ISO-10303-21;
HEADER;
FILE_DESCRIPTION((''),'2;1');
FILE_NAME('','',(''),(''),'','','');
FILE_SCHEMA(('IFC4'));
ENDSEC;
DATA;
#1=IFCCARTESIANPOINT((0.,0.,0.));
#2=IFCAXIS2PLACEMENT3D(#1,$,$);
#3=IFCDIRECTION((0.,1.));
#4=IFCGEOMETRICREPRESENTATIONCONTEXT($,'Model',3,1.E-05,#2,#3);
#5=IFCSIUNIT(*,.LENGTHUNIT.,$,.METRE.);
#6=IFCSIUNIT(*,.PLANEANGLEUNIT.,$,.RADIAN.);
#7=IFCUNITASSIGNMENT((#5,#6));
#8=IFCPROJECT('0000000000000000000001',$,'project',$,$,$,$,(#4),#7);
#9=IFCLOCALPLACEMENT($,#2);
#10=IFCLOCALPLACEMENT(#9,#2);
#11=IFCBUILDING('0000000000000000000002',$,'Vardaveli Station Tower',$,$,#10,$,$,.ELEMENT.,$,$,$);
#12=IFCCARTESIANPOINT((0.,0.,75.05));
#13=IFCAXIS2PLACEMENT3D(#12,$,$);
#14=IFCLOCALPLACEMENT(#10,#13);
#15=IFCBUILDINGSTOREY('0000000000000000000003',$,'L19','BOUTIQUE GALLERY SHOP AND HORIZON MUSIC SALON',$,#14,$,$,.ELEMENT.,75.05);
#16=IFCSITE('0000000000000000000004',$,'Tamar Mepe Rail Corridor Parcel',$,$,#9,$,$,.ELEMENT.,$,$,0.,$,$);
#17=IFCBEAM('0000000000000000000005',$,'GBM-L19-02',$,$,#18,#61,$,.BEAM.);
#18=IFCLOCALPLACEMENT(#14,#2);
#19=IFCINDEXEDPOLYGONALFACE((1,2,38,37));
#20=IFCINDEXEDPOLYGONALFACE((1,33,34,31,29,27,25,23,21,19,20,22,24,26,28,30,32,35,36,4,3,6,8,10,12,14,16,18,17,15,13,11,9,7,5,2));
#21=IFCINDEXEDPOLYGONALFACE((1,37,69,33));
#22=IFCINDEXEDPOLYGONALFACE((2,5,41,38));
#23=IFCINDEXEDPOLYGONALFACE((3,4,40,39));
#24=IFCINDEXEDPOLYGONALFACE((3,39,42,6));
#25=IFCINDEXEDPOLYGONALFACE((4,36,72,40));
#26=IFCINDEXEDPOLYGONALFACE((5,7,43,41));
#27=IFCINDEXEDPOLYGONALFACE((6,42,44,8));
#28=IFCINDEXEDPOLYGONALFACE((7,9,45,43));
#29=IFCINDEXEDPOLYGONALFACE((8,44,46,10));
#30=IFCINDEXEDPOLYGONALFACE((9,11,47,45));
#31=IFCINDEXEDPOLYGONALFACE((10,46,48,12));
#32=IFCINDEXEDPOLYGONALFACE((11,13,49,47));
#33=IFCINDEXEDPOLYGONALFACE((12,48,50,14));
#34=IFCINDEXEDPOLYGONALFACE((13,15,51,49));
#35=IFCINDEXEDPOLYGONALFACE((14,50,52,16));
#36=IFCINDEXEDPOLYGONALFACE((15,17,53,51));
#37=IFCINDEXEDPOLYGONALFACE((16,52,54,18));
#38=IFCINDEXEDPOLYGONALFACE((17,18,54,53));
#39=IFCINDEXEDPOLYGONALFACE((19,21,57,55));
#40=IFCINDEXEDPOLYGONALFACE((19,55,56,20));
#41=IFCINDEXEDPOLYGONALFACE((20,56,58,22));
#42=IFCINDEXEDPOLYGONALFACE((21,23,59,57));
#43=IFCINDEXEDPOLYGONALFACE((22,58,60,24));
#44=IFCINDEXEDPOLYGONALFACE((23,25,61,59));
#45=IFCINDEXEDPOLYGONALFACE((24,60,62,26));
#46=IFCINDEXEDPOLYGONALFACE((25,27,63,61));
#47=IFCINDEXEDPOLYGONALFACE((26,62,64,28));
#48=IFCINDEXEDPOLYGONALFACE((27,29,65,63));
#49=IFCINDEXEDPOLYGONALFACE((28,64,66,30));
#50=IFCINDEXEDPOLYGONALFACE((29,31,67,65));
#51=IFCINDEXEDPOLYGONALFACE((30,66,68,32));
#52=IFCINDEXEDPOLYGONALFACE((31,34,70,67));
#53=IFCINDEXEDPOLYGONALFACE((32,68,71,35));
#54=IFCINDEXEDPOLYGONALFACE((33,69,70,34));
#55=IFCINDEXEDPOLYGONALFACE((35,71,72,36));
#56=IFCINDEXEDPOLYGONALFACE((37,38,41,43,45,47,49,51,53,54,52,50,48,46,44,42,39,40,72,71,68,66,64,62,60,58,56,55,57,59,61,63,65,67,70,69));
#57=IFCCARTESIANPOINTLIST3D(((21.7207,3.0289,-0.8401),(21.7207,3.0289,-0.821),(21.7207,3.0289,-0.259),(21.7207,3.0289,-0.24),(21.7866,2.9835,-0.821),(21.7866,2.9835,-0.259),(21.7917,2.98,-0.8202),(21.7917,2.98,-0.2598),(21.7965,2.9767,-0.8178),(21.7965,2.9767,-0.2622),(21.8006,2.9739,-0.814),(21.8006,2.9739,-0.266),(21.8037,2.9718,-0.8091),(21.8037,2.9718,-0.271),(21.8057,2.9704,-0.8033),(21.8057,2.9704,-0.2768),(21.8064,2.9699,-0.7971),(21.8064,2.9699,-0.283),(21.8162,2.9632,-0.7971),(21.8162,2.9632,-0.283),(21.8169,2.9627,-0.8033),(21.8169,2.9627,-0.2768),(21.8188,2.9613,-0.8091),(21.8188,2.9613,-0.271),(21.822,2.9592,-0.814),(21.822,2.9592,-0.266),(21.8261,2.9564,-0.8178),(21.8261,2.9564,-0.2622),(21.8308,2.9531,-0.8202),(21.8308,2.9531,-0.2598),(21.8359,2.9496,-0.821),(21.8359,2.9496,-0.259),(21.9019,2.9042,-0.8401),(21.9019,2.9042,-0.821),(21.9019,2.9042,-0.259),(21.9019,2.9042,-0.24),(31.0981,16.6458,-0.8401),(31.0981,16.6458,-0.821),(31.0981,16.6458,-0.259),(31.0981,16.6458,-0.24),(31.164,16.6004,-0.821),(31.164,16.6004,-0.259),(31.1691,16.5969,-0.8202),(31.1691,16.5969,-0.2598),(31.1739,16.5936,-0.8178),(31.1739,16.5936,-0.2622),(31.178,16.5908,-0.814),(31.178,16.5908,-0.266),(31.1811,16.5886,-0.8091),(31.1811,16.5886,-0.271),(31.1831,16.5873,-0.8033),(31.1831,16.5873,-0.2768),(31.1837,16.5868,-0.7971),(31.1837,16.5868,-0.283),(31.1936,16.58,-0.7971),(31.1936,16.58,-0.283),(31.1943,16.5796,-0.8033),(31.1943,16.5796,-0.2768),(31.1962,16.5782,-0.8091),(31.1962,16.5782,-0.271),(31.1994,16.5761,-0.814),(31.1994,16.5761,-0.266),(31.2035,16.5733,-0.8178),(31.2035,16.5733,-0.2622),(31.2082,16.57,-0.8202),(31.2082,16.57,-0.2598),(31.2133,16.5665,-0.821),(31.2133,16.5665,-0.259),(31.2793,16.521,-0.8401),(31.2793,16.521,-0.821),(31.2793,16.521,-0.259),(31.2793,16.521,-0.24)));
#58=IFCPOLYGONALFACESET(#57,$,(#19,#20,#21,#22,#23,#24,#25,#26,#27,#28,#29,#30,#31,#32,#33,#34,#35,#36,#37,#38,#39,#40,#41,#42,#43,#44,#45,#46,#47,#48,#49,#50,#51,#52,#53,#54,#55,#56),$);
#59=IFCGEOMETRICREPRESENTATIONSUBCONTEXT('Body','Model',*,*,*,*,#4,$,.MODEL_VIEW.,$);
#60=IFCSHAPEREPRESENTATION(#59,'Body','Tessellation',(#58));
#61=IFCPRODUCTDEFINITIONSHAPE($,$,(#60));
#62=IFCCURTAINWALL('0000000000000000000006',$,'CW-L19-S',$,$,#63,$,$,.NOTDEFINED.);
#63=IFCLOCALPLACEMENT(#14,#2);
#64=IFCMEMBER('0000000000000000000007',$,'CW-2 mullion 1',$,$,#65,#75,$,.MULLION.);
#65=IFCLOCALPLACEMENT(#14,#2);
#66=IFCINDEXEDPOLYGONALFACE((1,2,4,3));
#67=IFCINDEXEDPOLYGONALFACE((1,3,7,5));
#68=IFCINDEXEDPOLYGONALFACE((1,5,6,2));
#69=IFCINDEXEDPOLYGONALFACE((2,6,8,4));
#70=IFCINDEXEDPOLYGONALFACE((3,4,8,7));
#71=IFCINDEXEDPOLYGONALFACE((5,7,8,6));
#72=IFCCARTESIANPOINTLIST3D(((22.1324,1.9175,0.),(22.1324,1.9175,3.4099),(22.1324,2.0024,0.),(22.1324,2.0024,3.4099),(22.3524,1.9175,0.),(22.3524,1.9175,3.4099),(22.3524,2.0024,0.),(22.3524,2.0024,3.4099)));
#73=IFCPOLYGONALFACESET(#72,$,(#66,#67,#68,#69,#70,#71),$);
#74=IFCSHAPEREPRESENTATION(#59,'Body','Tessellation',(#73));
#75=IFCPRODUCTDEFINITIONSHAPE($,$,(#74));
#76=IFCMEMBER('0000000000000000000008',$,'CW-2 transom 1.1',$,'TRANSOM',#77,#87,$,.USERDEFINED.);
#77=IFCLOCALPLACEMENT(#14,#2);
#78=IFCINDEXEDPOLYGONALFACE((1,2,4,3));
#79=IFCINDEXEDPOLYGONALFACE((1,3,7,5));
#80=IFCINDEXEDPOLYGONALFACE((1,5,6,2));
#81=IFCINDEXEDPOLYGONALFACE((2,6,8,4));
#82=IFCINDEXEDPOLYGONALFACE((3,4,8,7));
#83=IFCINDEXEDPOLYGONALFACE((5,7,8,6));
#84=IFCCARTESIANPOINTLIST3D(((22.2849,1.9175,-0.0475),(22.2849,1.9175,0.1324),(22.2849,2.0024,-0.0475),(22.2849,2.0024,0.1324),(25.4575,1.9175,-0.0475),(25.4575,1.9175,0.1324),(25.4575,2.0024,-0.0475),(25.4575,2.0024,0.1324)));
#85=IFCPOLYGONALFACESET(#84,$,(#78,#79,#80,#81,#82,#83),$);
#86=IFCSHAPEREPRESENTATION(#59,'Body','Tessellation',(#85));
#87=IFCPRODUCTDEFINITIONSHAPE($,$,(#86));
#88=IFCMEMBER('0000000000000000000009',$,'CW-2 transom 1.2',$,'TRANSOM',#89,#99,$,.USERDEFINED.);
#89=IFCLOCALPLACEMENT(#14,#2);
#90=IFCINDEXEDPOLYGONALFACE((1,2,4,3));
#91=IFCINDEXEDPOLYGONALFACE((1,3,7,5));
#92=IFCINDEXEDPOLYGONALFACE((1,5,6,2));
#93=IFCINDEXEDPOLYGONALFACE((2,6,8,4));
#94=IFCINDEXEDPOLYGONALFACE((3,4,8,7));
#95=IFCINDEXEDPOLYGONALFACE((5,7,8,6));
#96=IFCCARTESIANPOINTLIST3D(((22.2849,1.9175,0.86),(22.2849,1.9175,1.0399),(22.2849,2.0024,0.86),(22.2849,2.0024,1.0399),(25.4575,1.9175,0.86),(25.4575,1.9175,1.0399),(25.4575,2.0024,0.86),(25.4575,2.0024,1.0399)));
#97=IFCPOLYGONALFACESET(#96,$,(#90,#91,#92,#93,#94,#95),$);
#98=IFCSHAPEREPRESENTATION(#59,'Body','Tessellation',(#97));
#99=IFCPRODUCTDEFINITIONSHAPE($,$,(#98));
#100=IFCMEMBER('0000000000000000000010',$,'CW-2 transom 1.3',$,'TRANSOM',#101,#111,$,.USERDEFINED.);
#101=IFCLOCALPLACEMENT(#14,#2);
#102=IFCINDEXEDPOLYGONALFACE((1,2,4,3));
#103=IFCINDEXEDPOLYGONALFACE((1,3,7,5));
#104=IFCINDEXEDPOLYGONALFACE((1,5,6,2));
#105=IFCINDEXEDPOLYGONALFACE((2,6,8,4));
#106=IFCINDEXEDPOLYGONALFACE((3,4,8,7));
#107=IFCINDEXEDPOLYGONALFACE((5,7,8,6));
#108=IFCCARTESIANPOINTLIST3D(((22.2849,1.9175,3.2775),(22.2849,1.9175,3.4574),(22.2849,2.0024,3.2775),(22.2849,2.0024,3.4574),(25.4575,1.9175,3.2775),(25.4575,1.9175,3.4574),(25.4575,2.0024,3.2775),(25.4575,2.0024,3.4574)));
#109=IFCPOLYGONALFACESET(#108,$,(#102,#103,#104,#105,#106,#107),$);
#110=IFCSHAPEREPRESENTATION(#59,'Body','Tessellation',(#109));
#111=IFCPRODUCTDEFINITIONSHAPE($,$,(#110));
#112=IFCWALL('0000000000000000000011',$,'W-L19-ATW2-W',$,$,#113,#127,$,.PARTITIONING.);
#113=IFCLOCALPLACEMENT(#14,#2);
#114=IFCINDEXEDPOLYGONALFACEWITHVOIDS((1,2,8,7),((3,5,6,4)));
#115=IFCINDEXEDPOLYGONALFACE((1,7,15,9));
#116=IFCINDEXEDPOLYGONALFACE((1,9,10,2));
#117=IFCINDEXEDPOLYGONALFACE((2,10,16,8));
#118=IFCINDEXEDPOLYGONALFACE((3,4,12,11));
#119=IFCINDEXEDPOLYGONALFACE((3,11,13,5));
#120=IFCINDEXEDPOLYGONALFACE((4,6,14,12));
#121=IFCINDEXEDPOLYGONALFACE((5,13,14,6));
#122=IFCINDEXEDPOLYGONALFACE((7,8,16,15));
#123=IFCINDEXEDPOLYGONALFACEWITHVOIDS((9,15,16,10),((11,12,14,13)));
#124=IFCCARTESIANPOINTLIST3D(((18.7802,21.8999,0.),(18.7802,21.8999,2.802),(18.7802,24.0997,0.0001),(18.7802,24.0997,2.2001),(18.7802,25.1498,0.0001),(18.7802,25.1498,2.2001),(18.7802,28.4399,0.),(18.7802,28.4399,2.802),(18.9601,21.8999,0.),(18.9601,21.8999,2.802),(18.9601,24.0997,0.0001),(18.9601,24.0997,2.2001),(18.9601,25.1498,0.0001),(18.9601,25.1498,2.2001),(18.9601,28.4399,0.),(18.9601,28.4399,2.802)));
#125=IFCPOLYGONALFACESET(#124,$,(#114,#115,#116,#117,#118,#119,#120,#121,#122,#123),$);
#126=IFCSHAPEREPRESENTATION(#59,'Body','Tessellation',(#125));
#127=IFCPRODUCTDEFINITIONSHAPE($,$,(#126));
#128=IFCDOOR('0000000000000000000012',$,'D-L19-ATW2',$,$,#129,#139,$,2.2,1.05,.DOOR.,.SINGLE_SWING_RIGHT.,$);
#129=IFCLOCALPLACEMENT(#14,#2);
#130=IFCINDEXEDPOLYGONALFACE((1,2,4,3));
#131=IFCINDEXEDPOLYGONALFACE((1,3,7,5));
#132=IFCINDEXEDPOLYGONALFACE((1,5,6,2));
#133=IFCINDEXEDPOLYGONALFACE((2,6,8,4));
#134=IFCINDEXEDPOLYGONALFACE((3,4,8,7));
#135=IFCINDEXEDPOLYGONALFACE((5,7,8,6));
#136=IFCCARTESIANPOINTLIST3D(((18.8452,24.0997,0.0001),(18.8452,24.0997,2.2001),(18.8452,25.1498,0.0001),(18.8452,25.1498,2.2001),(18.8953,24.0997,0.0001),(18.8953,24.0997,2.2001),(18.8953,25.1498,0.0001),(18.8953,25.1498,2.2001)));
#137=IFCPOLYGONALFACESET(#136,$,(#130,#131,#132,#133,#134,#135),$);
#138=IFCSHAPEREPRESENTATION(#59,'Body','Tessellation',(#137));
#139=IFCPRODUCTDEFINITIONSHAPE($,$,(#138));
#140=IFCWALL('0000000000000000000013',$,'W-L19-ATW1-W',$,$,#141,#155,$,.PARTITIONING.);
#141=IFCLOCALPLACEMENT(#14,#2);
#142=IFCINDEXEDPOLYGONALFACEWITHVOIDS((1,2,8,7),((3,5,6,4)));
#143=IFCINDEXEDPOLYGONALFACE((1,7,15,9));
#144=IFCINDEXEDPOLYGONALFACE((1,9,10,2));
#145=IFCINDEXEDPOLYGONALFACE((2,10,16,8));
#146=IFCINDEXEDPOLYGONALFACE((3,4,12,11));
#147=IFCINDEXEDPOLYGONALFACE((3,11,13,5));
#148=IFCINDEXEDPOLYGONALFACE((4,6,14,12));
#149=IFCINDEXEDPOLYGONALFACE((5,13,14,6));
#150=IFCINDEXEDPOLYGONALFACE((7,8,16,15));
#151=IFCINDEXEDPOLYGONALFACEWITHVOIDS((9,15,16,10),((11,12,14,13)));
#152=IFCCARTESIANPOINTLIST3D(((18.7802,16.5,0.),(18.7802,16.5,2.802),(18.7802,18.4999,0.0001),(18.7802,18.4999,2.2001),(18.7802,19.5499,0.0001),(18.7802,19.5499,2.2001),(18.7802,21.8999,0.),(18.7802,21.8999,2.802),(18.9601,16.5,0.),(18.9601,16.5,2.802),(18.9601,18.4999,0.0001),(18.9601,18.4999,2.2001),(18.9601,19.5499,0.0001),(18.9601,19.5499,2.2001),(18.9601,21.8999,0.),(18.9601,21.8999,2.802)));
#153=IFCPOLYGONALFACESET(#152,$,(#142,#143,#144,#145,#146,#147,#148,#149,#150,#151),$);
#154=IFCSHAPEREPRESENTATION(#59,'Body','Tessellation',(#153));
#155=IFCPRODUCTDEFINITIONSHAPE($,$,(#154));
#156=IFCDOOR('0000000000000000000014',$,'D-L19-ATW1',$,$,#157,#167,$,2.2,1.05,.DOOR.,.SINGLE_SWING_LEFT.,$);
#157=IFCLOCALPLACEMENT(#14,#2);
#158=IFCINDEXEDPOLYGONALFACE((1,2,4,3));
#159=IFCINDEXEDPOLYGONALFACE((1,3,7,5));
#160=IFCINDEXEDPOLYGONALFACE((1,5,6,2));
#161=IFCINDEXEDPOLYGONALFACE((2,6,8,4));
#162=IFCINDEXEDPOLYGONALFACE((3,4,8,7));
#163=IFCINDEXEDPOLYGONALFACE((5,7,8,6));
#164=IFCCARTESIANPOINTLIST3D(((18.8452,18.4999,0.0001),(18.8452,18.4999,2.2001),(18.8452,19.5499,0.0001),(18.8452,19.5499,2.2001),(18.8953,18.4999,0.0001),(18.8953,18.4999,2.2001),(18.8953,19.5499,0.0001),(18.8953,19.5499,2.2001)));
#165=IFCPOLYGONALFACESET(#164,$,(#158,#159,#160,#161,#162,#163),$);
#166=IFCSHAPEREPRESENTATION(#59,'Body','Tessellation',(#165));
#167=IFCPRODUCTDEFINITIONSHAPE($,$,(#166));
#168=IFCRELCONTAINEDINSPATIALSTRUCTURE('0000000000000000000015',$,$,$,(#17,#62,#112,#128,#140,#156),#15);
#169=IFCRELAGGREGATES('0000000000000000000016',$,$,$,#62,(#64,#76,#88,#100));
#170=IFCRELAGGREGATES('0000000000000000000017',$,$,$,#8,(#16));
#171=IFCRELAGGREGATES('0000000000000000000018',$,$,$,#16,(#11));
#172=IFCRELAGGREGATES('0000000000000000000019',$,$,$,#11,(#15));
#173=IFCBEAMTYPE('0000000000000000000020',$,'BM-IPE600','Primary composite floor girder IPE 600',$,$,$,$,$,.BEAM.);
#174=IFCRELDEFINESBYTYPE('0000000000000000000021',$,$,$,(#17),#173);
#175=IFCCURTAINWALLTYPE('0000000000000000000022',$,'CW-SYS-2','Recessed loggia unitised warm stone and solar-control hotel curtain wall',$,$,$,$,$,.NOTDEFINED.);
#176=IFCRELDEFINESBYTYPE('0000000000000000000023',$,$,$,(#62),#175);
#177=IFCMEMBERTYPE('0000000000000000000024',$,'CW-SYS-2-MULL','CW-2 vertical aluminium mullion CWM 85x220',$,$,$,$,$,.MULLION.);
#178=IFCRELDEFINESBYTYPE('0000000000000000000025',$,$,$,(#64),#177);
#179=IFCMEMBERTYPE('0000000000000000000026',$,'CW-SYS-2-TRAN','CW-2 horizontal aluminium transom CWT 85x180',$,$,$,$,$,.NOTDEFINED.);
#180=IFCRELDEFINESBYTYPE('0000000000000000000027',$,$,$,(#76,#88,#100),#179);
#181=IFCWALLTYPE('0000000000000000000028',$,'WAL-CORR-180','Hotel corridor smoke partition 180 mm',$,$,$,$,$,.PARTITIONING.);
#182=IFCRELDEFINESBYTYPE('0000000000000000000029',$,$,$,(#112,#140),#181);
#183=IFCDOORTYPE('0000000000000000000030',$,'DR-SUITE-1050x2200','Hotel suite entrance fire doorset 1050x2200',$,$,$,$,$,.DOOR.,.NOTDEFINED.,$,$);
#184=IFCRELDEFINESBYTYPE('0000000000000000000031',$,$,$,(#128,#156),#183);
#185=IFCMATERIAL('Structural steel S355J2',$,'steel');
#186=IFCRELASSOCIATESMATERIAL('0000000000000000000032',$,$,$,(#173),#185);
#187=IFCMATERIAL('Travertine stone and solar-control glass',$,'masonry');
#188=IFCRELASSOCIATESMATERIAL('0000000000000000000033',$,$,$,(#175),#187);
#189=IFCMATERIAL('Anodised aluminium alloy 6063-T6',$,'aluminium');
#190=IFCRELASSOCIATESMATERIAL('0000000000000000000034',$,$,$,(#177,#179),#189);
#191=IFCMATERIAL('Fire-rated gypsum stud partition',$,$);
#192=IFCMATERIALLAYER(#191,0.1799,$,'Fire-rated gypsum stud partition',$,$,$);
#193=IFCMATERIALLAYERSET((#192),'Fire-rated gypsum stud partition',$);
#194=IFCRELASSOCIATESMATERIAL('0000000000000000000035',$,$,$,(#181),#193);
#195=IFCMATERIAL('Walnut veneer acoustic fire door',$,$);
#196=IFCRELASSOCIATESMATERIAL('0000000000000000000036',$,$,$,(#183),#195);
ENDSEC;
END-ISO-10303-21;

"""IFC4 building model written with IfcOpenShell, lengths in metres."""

from ifc_helpers import new_model, si_unit, direction, frame, frame_2d, origin, origin_2d, place, context, subcontext, project, spatial, rectangle, i_section, extrude, source, transform, mapped, material, layer, layer_set, material_profile, profile_set, type_object, element, fill, aggregate, save


model = new_model("IFC4")

# Units and contexts
model_context = context("Model", 3, precision=1e-05, world=origin(), true_north=direction((0.0, 1.0)))
body_context = subcontext(model_context, "Body", "Model", "MODEL_VIEW")
ifc_project = project(units=[si_unit("LENGTHUNIT", "METRE"), si_unit("PLANEANGLEUNIT", "RADIAN")], contexts=[model_context])

# Site, building, storey
site_placement = place(None, origin())
site = spatial("IfcSite", under=ifc_project, at=site_placement, Name="Tamar Mepe Rail Corridor Parcel", CompositionType="ELEMENT", RefElevation=0.0)
building_placement = place(site_placement, origin())
building = spatial("IfcBuilding", under=site, at=building_placement, Name="Vardaveli Station Tower", CompositionType="ELEMENT")
storey_placement = place(building_placement, frame((0.0, 0.0, 75.05)))
storey = spatial("IfcBuildingStorey", under=building, at=storey_placement, Name="L19", Description="BOUTIQUE GALLERY SHOP AND HORIZON MUSIC SALON", CompositionType="ELEMENT", Elevation=75.05)

# Beam
ifc_material_1 = material(Name="Structural steel S355J2", Category="steel")
ifc_material_profile_1 = material_profile(ifc_material_1, i_section(OverallWidth=0.22, OverallDepth=0.6001, WebThickness=0.012, FlangeThickness=0.019, FilletRadius=0.0239, at=origin_2d()), Name="IPE 600")
ifc_profile_set_1 = profile_set([ifc_material_profile_1], Name="Structural steel S355J2")
beam_type_1 = type_object("IfcBeamType", Name="BM-IPE600", Description="Primary composite floor girder IPE 600", PredefinedType="BEAM", material=ifc_profile_set_1)
shared_shape_1 = source(origin(), body_context, "Body", "SweptSolid", [
    extrude(i_section(OverallWidth=0.22, OverallDepth=0.6001, WebThickness=0.012, FlangeThickness=0.019, FilletRadius=0.0239, at=origin_2d()), origin(), (0.0, 0.0, 1.0), 16.5334),
])
beam_1_placement = place(storey_placement, frame((21.8113, 2.9666, -0.54), z_axis=(0.567177, 0.823596, 0.0), x_axis=(-0.823596, 0.567177, 0.0)))
element("IfcBeam", 1, at=beam_1_placement, inside=storey, type_object=beam_type_1, Name="GBM-L19-02", PredefinedType="BEAM", context=body_context, shape_type="MappedRepresentation", body=[
    mapped(shared_shape_1, transform((0.0, 0.0, 0.0), scale=1.0)),
])

# Curtain wall, members
ifc_material_2 = material(Name="Travertine stone and solar-control glass", Category="masonry")
curtain_wall_type = type_object("IfcCurtainWallType", Name="CW-SYS-2", Description="Recessed loggia unitised warm stone and solar-control hotel curtain wall", PredefinedType="NOTDEFINED", material=ifc_material_2)
curtain_wall_placement = place(storey_placement, origin())
curtain_wall = element("IfcCurtainWall", 2, at=curtain_wall_placement, inside=storey, type_object=curtain_wall_type, Name="CW-L19-S", PredefinedType="NOTDEFINED")
ifc_material_3 = material(Name="Anodised aluminium alloy 6063-T6", Category="aluminium")
ifc_material_profile_2 = material_profile(ifc_material_3, rectangle(XDim=0.085, YDim=0.22, at=origin_2d()), Name="CWM 85x220")
ifc_profile_set_2 = profile_set([ifc_material_profile_2], Name="Anodised aluminium alloy 6063-T6")
member_type_1 = type_object("IfcMemberType", Name="CW-SYS-2-MULL", Description="CW-2 vertical aluminium mullion CWM 85x220", PredefinedType="MULLION", material=ifc_profile_set_2)
shared_shape_2 = source(origin(), body_context, "Body", "SweptSolid", [
    extrude(rectangle(XDim=0.085, YDim=0.22, at=origin_2d()), origin(), (0.0, 0.0, 1.0), 3.4099),
])
member_1_placement = place(storey_placement, frame((22.2424, 1.96, 0.0), z_axis=(0.0, 0.0, 1.0), x_axis=(0.0, 1.0, 0.0)))
member_1 = element("IfcMember", 3, at=member_1_placement, type_object=member_type_1, Name="CW-2 mullion 1", PredefinedType="MULLION", context=body_context, shape_type="MappedRepresentation", body=[
    mapped(shared_shape_2, transform((0.0, 0.0, 0.0), scale=1.0)),
])
ifc_material_profile_3 = material_profile(ifc_material_3, rectangle(XDim=0.085, YDim=0.1799, at=origin_2d()), Name="CWT 85x180")
ifc_profile_set_3 = profile_set([ifc_material_profile_3], Name="Anodised aluminium alloy 6063-T6")
member_type_2 = type_object("IfcMemberType", Name="CW-SYS-2-TRAN", Description="CW-2 horizontal aluminium transom CWT 85x180", PredefinedType="NOTDEFINED", material=ifc_profile_set_3)
shared_shape_3 = source(origin(), body_context, "Body", "SweptSolid", [
    extrude(rectangle(XDim=0.085, YDim=0.1799, at=origin_2d()), origin(), (0.0, 0.0, 1.0), 3.1726),
])
member_2_placement = place(storey_placement, frame((22.2849, 1.96, 0.0425), z_axis=(1.0, 0.0, 0.0), x_axis=(0.0, 1.0, 0.0)))
member_2 = element("IfcMember", 4, at=member_2_placement, type_object=member_type_2, Name="CW-2 transom 1.1", ObjectType="TRANSOM", PredefinedType="USERDEFINED", context=body_context, shape_type="MappedRepresentation", body=[
    mapped(shared_shape_3, transform((0.0, 0.0, 0.0), scale=1.0)),
])
member_3_placement = place(storey_placement, frame((22.2849, 1.96, 0.95), z_axis=(1.0, 0.0, 0.0), x_axis=(0.0, 1.0, 0.0)))
member_3 = element("IfcMember", 5, at=member_3_placement, type_object=member_type_2, Name="CW-2 transom 1.2", ObjectType="TRANSOM", PredefinedType="USERDEFINED", context=body_context, shape_type="MappedRepresentation", body=[
    mapped(shared_shape_3, transform((0.0, 0.0, 0.0), scale=1.0)),
])
member_4_placement = place(storey_placement, frame((22.2849, 1.96, 3.3674), z_axis=(1.0, 0.0, 0.0), x_axis=(0.0, 1.0, 0.0)))
member_4 = element("IfcMember", 6, at=member_4_placement, type_object=member_type_2, Name="CW-2 transom 1.3", ObjectType="TRANSOM", PredefinedType="USERDEFINED", context=body_context, shape_type="MappedRepresentation", body=[
    mapped(shared_shape_3, transform((0.0, 0.0, 0.0), scale=1.0)),
])
aggregate(curtain_wall, [member_1, member_2, member_3, member_4])

# Walls, openings, doors
ifc_material_4 = material(Name="Fire-rated gypsum stud partition")
ifc_layer_1 = layer(ifc_material_4, 0.1799, Name="Fire-rated gypsum stud partition")
ifc_layer_set_1 = layer_set([ifc_layer_1], Name="Fire-rated gypsum stud partition")
wall_type_1 = type_object("IfcWallType", Name="WAL-CORR-180", Description="Hotel corridor smoke partition 180 mm", PredefinedType="PARTITIONING", material=ifc_layer_set_1)
shared_shape_4 = source(origin(), body_context, "Body", "SweptSolid", [
    extrude(rectangle(XDim=6.54, YDim=0.1799, at=frame_2d((3.27, 0.0))), origin(), (0.0, 0.0, 1.0), 2.802),
])
wall_1_placement = place(storey_placement, frame((18.8701, 21.8999, 0.0), z_axis=(0.0, 0.0, 1.0), x_axis=(0.0, 1.0, 0.0)))
wall_1 = element("IfcWall", 7, at=wall_1_placement, inside=storey, type_object=wall_type_1, Name="W-L19-ATW2-W", PredefinedType="PARTITIONING", context=body_context, shape_type="MappedRepresentation", body=[
    mapped(shared_shape_4, transform((0.0, 0.0, 0.0), scale=1.0)),
])
shared_shape_5 = source(origin(), body_context, "Body", "SweptSolid", [
    extrude(rectangle(XDim=1.05, YDim=2.2, at=frame_2d((0.5249, 1.1001))), frame((0.0, 0.1001, 0.0), z_axis=(0.0, -1.0, 0.0), x_axis=(1.0, 0.0, 0.0)), (0.0, 0.0, 1.0), 0.2),
])
opening_1_placement = place(wall_1_placement, frame((2.2, 0.0, 0.0)))
opening_1 = element("IfcOpeningElement", 8, at=opening_1_placement, cuts=wall_1, PredefinedType="OPENING", context=body_context, shape_type="MappedRepresentation", body=[
    mapped(shared_shape_5, transform((0.0, 0.0, 0.0), scale=1.0)),
])
ifc_material_5 = material(Name="Walnut veneer acoustic fire door")
door_type_1 = type_object("IfcDoorType", Name="DR-SUITE-1050x2200", Description="Hotel suite entrance fire doorset 1050x2200", OperationType="NOTDEFINED", PredefinedType="DOOR", material=ifc_material_5)
shared_shape_6 = source(origin(), body_context, "Body", "SweptSolid", [
    extrude(rectangle(XDim=1.05, YDim=2.2, at=frame_2d((0.5249, 1.1001))), frame((0.0, 0.0249, 0.0), z_axis=(0.0, -1.0, 0.0), x_axis=(1.0, 0.0, 0.0)), (0.0, 0.0, 1.0), 0.05),
])
door_1_placement = place(opening_1_placement, origin())
door_1 = element("IfcDoor", 9, at=door_1_placement, inside=storey, type_object=door_type_1, Name="D-L19-ATW2", OperationType="SINGLE_SWING_RIGHT", OverallHeight=2.2, OverallWidth=1.05, PredefinedType="DOOR", context=body_context, shape_type="MappedRepresentation", body=[
    mapped(shared_shape_6, transform((0.0, 0.0, 0.0), scale=1.0)),
])
fill(opening_1, door_1)
shared_shape_7 = source(origin(), body_context, "Body", "SweptSolid", [
    extrude(rectangle(XDim=5.3999, YDim=0.1799, at=frame_2d((2.7, 0.0))), origin(), (0.0, 0.0, 1.0), 2.802),
])
wall_2_placement = place(storey_placement, frame((18.8701, 16.5, 0.0), z_axis=(0.0, 0.0, 1.0), x_axis=(0.0, 1.0, 0.0)))
wall_2 = element("IfcWall", 10, at=wall_2_placement, inside=storey, type_object=wall_type_1, Name="W-L19-ATW1-W", PredefinedType="PARTITIONING", context=body_context, shape_type="MappedRepresentation", body=[
    mapped(shared_shape_7, transform((0.0, 0.0, 0.0), scale=1.0)),
])
opening_2_placement = place(wall_2_placement, frame((2.0, 0.0, 0.0)))
opening_2 = element("IfcOpeningElement", 11, at=opening_2_placement, cuts=wall_2, PredefinedType="OPENING", context=body_context, shape_type="MappedRepresentation", body=[
    mapped(shared_shape_5, transform((0.0, 0.0, 0.0), scale=1.0)),
])
door_2_placement = place(opening_2_placement, origin())
door_2 = element("IfcDoor", 12, at=door_2_placement, inside=storey, type_object=door_type_1, Name="D-L19-ATW1", OperationType="SINGLE_SWING_LEFT", OverallHeight=2.2, OverallWidth=1.05, PredefinedType="DOOR", context=body_context, shape_type="MappedRepresentation", body=[
    mapped(shared_shape_6, transform((0.0, 0.0, 0.0), scale=1.0)),
])
fill(opening_2, door_2)

save(model, "model.ifc")
